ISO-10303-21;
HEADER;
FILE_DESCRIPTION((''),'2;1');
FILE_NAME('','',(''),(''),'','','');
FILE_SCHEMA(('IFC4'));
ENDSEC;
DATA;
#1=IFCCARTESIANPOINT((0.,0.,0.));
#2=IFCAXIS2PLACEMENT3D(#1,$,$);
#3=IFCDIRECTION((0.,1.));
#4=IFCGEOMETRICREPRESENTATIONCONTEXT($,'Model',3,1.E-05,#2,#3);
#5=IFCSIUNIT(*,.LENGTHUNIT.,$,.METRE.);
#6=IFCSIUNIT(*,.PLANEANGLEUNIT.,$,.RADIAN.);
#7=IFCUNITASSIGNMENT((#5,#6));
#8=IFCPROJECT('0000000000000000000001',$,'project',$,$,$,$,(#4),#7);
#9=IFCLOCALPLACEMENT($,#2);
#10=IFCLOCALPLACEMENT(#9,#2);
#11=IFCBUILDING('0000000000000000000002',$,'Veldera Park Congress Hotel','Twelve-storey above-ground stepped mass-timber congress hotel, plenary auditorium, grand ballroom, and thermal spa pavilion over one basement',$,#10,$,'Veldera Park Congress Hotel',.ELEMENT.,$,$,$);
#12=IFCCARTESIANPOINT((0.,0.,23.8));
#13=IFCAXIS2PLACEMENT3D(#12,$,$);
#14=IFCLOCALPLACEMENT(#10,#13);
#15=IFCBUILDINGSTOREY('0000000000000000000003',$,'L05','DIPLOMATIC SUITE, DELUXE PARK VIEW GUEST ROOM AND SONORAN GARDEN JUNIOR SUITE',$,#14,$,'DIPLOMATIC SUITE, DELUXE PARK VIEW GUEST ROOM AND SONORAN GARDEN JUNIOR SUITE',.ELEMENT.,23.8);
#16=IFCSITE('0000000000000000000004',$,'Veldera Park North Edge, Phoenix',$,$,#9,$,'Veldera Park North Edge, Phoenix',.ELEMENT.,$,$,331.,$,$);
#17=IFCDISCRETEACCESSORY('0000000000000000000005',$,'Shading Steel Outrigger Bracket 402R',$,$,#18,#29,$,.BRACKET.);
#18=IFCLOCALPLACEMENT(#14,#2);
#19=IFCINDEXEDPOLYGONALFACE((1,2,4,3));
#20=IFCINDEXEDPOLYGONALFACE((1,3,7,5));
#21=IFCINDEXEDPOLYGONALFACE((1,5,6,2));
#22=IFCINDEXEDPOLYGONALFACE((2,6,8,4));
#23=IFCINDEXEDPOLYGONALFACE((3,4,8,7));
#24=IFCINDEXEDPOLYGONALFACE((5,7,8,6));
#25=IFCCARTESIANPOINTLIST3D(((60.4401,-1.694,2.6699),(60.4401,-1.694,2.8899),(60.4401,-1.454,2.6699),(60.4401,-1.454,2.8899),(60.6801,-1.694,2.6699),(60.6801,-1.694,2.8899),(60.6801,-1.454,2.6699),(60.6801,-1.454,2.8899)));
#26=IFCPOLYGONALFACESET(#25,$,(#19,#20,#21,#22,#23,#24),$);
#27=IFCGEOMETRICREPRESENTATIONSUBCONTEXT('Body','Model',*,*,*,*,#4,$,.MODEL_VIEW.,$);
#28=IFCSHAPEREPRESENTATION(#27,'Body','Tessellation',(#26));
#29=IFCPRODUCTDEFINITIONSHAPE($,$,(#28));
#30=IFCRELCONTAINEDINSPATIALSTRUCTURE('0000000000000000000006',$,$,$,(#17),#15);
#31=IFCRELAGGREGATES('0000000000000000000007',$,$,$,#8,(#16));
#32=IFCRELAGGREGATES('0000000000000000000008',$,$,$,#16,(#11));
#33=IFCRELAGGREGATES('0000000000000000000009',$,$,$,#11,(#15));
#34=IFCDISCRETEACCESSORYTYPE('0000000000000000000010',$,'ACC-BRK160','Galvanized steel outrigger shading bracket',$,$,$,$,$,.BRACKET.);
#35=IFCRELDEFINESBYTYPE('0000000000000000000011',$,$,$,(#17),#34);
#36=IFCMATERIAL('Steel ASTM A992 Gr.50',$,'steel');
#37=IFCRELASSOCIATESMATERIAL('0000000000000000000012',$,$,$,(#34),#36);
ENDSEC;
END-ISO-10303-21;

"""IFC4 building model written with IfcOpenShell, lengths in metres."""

from ifc_helpers import new_model, si_unit, direction, frame, origin, origin_2d, place, context, subcontext, project, spatial, rectangle, extrude, material, type_object, element, save


model = new_model("IFC4")

# Units and contexts
model_context = context("Model", 3, precision=1e-05, world=origin(), true_north=direction((0.0, 1.0)))
body_context = subcontext(model_context, "Body", "Model", "MODEL_VIEW")
ifc_project = project(units=[si_unit("LENGTHUNIT", "METRE"), si_unit("PLANEANGLEUNIT", "RADIAN")], contexts=[model_context])

# Site, building, storey
site_placement = place(None, origin())
site = spatial("IfcSite", under=ifc_project, at=site_placement, Name="Veldera Park North Edge, Phoenix", LongName="Veldera Park North Edge, Phoenix", CompositionType="ELEMENT", RefElevation=331.0)
building_placement = place(site_placement, origin())
building = spatial("IfcBuilding", under=site, at=building_placement, Name="Veldera Park Congress Hotel", Description="Twelve-storey above-ground stepped mass-timber congress hotel, plenary auditorium, grand ballroom, and thermal spa pavilion over one basement", LongName="Veldera Park Congress Hotel", CompositionType="ELEMENT")
storey_placement = place(building_placement, frame((0.0, 0.0, 23.8)))
storey = spatial("IfcBuildingStorey", under=building, at=storey_placement, Name="L05", Description="DIPLOMATIC SUITE, DELUXE PARK VIEW GUEST ROOM AND SONORAN GARDEN JUNIOR SUITE", LongName="DIPLOMATIC SUITE, DELUXE PARK VIEW GUEST ROOM AND SONORAN GARDEN JUNIOR SUITE", CompositionType="ELEMENT", Elevation=23.8)

# Discrete accessory
ifc_material_1 = material(Name="Steel ASTM A992 Gr.50", Category="steel")
discrete_accessory_type = type_object("IfcDiscreteAccessoryType", Name="ACC-BRK160", Description="Galvanized steel outrigger shading bracket", PredefinedType="BRACKET", material=ifc_material_1)
for number, where, z_axis, x_axis, name in (
    (1, (60.5601, -1.574, 2.6699), (0.0, 0.0, 1.0), (0.0, -1.0, 0.0), "Shading Steel Outrigger Bracket 402R"),
):
    element("IfcDiscreteAccessory", number, at=place(storey_placement, frame(where, z_axis=z_axis, x_axis=x_axis)), inside=storey, type_object=discrete_accessory_type, Name=name, PredefinedType="BRACKET", context=body_context, shape_type="SweptSolid", body=[
        extrude(rectangle(XDim=0.24, YDim=0.24, at=origin_2d()), origin(), (0.0, 0.0, 1.0), 0.22),
    ])

save(model, "model.ifc")
